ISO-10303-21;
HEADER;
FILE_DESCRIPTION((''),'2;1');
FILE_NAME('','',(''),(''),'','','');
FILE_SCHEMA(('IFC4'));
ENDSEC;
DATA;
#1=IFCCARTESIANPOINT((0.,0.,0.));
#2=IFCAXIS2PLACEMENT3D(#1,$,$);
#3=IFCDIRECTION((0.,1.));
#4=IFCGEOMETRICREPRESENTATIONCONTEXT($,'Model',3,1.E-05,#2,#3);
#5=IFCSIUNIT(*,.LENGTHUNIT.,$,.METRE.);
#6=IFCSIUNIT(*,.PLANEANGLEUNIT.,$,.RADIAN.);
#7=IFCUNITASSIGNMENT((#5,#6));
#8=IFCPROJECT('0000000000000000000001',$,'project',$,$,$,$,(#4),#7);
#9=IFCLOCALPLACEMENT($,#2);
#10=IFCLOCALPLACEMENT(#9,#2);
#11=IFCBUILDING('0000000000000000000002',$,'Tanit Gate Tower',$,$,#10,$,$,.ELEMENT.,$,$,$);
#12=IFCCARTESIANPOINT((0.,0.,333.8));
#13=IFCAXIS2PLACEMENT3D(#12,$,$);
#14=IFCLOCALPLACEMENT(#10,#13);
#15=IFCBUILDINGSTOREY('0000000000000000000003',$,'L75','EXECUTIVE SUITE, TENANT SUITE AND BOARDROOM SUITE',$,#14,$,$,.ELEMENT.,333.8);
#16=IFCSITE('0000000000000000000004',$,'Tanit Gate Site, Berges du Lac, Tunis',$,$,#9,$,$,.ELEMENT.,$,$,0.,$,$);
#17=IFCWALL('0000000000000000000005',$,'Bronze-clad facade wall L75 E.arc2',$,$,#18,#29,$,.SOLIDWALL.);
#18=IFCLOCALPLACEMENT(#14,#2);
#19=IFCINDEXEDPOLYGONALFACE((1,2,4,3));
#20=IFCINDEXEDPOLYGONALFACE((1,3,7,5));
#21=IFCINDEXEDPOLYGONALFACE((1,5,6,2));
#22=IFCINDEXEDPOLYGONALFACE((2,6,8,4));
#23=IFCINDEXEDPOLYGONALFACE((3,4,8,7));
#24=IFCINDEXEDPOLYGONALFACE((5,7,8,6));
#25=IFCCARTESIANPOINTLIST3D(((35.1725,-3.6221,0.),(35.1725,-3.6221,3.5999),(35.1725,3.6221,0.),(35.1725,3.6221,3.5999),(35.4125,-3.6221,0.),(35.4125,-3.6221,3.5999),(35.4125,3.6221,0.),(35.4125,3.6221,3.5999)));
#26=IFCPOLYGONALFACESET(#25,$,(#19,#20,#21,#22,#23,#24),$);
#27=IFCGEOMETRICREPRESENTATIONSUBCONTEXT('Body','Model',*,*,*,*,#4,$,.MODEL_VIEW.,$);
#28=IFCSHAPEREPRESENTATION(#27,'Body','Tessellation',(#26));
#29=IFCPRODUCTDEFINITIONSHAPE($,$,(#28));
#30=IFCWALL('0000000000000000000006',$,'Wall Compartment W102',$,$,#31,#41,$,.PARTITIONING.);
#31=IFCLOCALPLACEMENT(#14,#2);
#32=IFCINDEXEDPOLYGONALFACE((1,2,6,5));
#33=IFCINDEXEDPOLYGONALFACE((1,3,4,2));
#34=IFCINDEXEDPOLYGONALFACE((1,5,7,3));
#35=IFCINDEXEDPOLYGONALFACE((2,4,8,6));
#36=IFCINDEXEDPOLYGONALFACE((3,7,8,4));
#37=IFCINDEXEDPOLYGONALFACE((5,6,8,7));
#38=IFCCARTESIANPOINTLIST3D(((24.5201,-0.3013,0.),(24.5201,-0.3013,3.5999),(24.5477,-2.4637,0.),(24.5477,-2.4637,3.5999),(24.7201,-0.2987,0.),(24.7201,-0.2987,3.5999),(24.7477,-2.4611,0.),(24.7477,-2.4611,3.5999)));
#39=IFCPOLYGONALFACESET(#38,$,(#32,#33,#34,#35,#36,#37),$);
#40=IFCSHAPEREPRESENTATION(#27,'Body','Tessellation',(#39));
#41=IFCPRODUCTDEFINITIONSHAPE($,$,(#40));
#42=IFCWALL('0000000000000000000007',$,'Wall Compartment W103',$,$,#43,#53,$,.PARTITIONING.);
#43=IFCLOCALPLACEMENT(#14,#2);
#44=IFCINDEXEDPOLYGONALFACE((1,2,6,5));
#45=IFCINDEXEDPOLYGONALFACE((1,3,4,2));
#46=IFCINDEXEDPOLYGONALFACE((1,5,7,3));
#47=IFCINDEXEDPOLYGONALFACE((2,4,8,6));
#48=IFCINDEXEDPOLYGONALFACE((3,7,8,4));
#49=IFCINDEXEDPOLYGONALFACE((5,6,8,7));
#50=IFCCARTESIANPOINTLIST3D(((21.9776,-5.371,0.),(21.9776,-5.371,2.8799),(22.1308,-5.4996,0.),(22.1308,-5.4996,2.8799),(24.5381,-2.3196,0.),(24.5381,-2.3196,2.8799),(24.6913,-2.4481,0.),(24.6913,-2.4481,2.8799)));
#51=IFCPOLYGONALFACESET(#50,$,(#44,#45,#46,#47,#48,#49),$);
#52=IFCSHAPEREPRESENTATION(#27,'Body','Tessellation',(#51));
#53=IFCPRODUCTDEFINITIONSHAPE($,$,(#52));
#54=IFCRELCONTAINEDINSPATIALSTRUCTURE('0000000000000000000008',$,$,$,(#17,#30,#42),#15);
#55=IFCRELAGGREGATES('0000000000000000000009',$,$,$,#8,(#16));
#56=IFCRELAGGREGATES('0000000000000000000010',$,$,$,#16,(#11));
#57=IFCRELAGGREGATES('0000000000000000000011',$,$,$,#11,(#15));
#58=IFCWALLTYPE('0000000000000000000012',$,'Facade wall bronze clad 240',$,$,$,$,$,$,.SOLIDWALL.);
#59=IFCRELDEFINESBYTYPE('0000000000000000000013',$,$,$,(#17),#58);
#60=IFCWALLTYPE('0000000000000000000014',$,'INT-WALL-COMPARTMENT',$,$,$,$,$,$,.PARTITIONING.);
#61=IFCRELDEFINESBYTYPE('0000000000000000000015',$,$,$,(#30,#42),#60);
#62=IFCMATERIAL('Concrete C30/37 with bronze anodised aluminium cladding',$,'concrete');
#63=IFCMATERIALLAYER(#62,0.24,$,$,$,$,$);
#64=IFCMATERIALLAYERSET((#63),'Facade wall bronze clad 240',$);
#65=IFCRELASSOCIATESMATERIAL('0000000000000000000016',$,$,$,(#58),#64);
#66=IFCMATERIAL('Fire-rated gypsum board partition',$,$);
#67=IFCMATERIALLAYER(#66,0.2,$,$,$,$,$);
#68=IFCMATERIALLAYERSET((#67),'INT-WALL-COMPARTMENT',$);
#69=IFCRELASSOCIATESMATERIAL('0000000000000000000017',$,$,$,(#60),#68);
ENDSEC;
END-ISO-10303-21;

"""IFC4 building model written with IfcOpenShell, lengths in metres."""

from ifc_helpers import new_model, si_unit, direction, frame, frame_2d, origin, place, context, subcontext, project, spatial, rectangle, extrude, material, layer, layer_set, type_object, element, save


model = new_model("IFC4")

# Units and contexts
model_context = context("Model", 3, precision=1e-05, world=origin(), true_north=direction((0.0, 1.0)))
body_context = subcontext(model_context, "Body", "Model", "MODEL_VIEW")
ifc_project = project(units=[si_unit("LENGTHUNIT", "METRE"), si_unit("PLANEANGLEUNIT", "RADIAN")], contexts=[model_context])

# Site, building, storey
site_placement = place(None, origin())
site = spatial("IfcSite", under=ifc_project, at=site_placement, Name="Tanit Gate Site, Berges du Lac, Tunis", CompositionType="ELEMENT", RefElevation=0.0)
building_placement = place(site_placement, origin())
building = spatial("IfcBuilding", under=site, at=building_placement, Name="Tanit Gate Tower", CompositionType="ELEMENT")
storey_placement = place(building_placement, frame((0.0, 0.0, 333.8)))
storey = spatial("IfcBuildingStorey", under=building, at=storey_placement, Name="L75", Description="EXECUTIVE SUITE, TENANT SUITE AND BOARDROOM SUITE", CompositionType="ELEMENT", Elevation=333.8)

# Walls
ifc_material_1 = material(Name="Concrete C30/37 with bronze anodised aluminium cladding", Category="concrete")
ifc_layer_1 = layer(ifc_material_1, 0.24)
ifc_layer_set_1 = layer_set([ifc_layer_1], Name="Facade wall bronze clad 240")
wall_type_1 = type_object("IfcWallType", Name="Facade wall bronze clad 240", PredefinedType="SOLIDWALL", material=ifc_layer_set_1)
wall_1_placement = place(storey_placement, frame((35.2925, -3.6221, 0.0), z_axis=(0.0, 0.0, 1.0), x_axis=(0.0, 1.0, 0.0)))
element("IfcWall", 1, at=wall_1_placement, inside=storey, type_object=wall_type_1, Name="Bronze-clad facade wall L75 E.arc2", PredefinedType="SOLIDWALL", context=body_context, shape_type="SweptSolid", body=[
    extrude(rectangle(XDim=7.2441, YDim=0.24, at=frame_2d((3.6221, 0.0))), origin(), (0.0, 0.0, 1.0), 3.5999),
])
ifc_material_2 = material(Name="Fire-rated gypsum board partition")
ifc_layer_2 = layer(ifc_material_2, 0.2)
ifc_layer_set_2 = layer_set([ifc_layer_2], Name="INT-WALL-COMPARTMENT")
wall_type_2 = type_object("IfcWallType", Name="INT-WALL-COMPARTMENT", PredefinedType="PARTITIONING", material=ifc_layer_set_2)
wall_2_placement = place(storey_placement, frame((24.6477, -2.4624, 0.0), z_axis=(0.0, 0.0, 1.0), x_axis=(-0.012757, 0.999919, 0.0)))
element("IfcWall", 2, at=wall_2_placement, inside=storey, type_object=wall_type_2, Name="Wall Compartment W102", PredefinedType="PARTITIONING", context=body_context, shape_type="SweptSolid", body=[
    extrude(rectangle(XDim=2.1626, YDim=0.2, at=frame_2d((1.0813, 0.0))), origin(), (0.0, 0.0, 1.0), 3.5999),
])
wall_3_placement = place(storey_placement, frame((22.0542, -5.4353, 0.0), z_axis=(0.0, 0.0, 1.0), x_axis=(0.642791, 0.766042, 0.0)))
element("IfcWall", 3, at=wall_3_placement, inside=storey, type_object=wall_type_2, Name="Wall Compartment W103", PredefinedType="PARTITIONING", context=body_context, shape_type="SweptSolid", body=[
    extrude(rectangle(XDim=3.9834, YDim=0.2, at=frame_2d((1.9917, 0.0))), origin(), (0.0, 0.0, 1.0), 2.8799),
])

save(model, "model.ifc")
